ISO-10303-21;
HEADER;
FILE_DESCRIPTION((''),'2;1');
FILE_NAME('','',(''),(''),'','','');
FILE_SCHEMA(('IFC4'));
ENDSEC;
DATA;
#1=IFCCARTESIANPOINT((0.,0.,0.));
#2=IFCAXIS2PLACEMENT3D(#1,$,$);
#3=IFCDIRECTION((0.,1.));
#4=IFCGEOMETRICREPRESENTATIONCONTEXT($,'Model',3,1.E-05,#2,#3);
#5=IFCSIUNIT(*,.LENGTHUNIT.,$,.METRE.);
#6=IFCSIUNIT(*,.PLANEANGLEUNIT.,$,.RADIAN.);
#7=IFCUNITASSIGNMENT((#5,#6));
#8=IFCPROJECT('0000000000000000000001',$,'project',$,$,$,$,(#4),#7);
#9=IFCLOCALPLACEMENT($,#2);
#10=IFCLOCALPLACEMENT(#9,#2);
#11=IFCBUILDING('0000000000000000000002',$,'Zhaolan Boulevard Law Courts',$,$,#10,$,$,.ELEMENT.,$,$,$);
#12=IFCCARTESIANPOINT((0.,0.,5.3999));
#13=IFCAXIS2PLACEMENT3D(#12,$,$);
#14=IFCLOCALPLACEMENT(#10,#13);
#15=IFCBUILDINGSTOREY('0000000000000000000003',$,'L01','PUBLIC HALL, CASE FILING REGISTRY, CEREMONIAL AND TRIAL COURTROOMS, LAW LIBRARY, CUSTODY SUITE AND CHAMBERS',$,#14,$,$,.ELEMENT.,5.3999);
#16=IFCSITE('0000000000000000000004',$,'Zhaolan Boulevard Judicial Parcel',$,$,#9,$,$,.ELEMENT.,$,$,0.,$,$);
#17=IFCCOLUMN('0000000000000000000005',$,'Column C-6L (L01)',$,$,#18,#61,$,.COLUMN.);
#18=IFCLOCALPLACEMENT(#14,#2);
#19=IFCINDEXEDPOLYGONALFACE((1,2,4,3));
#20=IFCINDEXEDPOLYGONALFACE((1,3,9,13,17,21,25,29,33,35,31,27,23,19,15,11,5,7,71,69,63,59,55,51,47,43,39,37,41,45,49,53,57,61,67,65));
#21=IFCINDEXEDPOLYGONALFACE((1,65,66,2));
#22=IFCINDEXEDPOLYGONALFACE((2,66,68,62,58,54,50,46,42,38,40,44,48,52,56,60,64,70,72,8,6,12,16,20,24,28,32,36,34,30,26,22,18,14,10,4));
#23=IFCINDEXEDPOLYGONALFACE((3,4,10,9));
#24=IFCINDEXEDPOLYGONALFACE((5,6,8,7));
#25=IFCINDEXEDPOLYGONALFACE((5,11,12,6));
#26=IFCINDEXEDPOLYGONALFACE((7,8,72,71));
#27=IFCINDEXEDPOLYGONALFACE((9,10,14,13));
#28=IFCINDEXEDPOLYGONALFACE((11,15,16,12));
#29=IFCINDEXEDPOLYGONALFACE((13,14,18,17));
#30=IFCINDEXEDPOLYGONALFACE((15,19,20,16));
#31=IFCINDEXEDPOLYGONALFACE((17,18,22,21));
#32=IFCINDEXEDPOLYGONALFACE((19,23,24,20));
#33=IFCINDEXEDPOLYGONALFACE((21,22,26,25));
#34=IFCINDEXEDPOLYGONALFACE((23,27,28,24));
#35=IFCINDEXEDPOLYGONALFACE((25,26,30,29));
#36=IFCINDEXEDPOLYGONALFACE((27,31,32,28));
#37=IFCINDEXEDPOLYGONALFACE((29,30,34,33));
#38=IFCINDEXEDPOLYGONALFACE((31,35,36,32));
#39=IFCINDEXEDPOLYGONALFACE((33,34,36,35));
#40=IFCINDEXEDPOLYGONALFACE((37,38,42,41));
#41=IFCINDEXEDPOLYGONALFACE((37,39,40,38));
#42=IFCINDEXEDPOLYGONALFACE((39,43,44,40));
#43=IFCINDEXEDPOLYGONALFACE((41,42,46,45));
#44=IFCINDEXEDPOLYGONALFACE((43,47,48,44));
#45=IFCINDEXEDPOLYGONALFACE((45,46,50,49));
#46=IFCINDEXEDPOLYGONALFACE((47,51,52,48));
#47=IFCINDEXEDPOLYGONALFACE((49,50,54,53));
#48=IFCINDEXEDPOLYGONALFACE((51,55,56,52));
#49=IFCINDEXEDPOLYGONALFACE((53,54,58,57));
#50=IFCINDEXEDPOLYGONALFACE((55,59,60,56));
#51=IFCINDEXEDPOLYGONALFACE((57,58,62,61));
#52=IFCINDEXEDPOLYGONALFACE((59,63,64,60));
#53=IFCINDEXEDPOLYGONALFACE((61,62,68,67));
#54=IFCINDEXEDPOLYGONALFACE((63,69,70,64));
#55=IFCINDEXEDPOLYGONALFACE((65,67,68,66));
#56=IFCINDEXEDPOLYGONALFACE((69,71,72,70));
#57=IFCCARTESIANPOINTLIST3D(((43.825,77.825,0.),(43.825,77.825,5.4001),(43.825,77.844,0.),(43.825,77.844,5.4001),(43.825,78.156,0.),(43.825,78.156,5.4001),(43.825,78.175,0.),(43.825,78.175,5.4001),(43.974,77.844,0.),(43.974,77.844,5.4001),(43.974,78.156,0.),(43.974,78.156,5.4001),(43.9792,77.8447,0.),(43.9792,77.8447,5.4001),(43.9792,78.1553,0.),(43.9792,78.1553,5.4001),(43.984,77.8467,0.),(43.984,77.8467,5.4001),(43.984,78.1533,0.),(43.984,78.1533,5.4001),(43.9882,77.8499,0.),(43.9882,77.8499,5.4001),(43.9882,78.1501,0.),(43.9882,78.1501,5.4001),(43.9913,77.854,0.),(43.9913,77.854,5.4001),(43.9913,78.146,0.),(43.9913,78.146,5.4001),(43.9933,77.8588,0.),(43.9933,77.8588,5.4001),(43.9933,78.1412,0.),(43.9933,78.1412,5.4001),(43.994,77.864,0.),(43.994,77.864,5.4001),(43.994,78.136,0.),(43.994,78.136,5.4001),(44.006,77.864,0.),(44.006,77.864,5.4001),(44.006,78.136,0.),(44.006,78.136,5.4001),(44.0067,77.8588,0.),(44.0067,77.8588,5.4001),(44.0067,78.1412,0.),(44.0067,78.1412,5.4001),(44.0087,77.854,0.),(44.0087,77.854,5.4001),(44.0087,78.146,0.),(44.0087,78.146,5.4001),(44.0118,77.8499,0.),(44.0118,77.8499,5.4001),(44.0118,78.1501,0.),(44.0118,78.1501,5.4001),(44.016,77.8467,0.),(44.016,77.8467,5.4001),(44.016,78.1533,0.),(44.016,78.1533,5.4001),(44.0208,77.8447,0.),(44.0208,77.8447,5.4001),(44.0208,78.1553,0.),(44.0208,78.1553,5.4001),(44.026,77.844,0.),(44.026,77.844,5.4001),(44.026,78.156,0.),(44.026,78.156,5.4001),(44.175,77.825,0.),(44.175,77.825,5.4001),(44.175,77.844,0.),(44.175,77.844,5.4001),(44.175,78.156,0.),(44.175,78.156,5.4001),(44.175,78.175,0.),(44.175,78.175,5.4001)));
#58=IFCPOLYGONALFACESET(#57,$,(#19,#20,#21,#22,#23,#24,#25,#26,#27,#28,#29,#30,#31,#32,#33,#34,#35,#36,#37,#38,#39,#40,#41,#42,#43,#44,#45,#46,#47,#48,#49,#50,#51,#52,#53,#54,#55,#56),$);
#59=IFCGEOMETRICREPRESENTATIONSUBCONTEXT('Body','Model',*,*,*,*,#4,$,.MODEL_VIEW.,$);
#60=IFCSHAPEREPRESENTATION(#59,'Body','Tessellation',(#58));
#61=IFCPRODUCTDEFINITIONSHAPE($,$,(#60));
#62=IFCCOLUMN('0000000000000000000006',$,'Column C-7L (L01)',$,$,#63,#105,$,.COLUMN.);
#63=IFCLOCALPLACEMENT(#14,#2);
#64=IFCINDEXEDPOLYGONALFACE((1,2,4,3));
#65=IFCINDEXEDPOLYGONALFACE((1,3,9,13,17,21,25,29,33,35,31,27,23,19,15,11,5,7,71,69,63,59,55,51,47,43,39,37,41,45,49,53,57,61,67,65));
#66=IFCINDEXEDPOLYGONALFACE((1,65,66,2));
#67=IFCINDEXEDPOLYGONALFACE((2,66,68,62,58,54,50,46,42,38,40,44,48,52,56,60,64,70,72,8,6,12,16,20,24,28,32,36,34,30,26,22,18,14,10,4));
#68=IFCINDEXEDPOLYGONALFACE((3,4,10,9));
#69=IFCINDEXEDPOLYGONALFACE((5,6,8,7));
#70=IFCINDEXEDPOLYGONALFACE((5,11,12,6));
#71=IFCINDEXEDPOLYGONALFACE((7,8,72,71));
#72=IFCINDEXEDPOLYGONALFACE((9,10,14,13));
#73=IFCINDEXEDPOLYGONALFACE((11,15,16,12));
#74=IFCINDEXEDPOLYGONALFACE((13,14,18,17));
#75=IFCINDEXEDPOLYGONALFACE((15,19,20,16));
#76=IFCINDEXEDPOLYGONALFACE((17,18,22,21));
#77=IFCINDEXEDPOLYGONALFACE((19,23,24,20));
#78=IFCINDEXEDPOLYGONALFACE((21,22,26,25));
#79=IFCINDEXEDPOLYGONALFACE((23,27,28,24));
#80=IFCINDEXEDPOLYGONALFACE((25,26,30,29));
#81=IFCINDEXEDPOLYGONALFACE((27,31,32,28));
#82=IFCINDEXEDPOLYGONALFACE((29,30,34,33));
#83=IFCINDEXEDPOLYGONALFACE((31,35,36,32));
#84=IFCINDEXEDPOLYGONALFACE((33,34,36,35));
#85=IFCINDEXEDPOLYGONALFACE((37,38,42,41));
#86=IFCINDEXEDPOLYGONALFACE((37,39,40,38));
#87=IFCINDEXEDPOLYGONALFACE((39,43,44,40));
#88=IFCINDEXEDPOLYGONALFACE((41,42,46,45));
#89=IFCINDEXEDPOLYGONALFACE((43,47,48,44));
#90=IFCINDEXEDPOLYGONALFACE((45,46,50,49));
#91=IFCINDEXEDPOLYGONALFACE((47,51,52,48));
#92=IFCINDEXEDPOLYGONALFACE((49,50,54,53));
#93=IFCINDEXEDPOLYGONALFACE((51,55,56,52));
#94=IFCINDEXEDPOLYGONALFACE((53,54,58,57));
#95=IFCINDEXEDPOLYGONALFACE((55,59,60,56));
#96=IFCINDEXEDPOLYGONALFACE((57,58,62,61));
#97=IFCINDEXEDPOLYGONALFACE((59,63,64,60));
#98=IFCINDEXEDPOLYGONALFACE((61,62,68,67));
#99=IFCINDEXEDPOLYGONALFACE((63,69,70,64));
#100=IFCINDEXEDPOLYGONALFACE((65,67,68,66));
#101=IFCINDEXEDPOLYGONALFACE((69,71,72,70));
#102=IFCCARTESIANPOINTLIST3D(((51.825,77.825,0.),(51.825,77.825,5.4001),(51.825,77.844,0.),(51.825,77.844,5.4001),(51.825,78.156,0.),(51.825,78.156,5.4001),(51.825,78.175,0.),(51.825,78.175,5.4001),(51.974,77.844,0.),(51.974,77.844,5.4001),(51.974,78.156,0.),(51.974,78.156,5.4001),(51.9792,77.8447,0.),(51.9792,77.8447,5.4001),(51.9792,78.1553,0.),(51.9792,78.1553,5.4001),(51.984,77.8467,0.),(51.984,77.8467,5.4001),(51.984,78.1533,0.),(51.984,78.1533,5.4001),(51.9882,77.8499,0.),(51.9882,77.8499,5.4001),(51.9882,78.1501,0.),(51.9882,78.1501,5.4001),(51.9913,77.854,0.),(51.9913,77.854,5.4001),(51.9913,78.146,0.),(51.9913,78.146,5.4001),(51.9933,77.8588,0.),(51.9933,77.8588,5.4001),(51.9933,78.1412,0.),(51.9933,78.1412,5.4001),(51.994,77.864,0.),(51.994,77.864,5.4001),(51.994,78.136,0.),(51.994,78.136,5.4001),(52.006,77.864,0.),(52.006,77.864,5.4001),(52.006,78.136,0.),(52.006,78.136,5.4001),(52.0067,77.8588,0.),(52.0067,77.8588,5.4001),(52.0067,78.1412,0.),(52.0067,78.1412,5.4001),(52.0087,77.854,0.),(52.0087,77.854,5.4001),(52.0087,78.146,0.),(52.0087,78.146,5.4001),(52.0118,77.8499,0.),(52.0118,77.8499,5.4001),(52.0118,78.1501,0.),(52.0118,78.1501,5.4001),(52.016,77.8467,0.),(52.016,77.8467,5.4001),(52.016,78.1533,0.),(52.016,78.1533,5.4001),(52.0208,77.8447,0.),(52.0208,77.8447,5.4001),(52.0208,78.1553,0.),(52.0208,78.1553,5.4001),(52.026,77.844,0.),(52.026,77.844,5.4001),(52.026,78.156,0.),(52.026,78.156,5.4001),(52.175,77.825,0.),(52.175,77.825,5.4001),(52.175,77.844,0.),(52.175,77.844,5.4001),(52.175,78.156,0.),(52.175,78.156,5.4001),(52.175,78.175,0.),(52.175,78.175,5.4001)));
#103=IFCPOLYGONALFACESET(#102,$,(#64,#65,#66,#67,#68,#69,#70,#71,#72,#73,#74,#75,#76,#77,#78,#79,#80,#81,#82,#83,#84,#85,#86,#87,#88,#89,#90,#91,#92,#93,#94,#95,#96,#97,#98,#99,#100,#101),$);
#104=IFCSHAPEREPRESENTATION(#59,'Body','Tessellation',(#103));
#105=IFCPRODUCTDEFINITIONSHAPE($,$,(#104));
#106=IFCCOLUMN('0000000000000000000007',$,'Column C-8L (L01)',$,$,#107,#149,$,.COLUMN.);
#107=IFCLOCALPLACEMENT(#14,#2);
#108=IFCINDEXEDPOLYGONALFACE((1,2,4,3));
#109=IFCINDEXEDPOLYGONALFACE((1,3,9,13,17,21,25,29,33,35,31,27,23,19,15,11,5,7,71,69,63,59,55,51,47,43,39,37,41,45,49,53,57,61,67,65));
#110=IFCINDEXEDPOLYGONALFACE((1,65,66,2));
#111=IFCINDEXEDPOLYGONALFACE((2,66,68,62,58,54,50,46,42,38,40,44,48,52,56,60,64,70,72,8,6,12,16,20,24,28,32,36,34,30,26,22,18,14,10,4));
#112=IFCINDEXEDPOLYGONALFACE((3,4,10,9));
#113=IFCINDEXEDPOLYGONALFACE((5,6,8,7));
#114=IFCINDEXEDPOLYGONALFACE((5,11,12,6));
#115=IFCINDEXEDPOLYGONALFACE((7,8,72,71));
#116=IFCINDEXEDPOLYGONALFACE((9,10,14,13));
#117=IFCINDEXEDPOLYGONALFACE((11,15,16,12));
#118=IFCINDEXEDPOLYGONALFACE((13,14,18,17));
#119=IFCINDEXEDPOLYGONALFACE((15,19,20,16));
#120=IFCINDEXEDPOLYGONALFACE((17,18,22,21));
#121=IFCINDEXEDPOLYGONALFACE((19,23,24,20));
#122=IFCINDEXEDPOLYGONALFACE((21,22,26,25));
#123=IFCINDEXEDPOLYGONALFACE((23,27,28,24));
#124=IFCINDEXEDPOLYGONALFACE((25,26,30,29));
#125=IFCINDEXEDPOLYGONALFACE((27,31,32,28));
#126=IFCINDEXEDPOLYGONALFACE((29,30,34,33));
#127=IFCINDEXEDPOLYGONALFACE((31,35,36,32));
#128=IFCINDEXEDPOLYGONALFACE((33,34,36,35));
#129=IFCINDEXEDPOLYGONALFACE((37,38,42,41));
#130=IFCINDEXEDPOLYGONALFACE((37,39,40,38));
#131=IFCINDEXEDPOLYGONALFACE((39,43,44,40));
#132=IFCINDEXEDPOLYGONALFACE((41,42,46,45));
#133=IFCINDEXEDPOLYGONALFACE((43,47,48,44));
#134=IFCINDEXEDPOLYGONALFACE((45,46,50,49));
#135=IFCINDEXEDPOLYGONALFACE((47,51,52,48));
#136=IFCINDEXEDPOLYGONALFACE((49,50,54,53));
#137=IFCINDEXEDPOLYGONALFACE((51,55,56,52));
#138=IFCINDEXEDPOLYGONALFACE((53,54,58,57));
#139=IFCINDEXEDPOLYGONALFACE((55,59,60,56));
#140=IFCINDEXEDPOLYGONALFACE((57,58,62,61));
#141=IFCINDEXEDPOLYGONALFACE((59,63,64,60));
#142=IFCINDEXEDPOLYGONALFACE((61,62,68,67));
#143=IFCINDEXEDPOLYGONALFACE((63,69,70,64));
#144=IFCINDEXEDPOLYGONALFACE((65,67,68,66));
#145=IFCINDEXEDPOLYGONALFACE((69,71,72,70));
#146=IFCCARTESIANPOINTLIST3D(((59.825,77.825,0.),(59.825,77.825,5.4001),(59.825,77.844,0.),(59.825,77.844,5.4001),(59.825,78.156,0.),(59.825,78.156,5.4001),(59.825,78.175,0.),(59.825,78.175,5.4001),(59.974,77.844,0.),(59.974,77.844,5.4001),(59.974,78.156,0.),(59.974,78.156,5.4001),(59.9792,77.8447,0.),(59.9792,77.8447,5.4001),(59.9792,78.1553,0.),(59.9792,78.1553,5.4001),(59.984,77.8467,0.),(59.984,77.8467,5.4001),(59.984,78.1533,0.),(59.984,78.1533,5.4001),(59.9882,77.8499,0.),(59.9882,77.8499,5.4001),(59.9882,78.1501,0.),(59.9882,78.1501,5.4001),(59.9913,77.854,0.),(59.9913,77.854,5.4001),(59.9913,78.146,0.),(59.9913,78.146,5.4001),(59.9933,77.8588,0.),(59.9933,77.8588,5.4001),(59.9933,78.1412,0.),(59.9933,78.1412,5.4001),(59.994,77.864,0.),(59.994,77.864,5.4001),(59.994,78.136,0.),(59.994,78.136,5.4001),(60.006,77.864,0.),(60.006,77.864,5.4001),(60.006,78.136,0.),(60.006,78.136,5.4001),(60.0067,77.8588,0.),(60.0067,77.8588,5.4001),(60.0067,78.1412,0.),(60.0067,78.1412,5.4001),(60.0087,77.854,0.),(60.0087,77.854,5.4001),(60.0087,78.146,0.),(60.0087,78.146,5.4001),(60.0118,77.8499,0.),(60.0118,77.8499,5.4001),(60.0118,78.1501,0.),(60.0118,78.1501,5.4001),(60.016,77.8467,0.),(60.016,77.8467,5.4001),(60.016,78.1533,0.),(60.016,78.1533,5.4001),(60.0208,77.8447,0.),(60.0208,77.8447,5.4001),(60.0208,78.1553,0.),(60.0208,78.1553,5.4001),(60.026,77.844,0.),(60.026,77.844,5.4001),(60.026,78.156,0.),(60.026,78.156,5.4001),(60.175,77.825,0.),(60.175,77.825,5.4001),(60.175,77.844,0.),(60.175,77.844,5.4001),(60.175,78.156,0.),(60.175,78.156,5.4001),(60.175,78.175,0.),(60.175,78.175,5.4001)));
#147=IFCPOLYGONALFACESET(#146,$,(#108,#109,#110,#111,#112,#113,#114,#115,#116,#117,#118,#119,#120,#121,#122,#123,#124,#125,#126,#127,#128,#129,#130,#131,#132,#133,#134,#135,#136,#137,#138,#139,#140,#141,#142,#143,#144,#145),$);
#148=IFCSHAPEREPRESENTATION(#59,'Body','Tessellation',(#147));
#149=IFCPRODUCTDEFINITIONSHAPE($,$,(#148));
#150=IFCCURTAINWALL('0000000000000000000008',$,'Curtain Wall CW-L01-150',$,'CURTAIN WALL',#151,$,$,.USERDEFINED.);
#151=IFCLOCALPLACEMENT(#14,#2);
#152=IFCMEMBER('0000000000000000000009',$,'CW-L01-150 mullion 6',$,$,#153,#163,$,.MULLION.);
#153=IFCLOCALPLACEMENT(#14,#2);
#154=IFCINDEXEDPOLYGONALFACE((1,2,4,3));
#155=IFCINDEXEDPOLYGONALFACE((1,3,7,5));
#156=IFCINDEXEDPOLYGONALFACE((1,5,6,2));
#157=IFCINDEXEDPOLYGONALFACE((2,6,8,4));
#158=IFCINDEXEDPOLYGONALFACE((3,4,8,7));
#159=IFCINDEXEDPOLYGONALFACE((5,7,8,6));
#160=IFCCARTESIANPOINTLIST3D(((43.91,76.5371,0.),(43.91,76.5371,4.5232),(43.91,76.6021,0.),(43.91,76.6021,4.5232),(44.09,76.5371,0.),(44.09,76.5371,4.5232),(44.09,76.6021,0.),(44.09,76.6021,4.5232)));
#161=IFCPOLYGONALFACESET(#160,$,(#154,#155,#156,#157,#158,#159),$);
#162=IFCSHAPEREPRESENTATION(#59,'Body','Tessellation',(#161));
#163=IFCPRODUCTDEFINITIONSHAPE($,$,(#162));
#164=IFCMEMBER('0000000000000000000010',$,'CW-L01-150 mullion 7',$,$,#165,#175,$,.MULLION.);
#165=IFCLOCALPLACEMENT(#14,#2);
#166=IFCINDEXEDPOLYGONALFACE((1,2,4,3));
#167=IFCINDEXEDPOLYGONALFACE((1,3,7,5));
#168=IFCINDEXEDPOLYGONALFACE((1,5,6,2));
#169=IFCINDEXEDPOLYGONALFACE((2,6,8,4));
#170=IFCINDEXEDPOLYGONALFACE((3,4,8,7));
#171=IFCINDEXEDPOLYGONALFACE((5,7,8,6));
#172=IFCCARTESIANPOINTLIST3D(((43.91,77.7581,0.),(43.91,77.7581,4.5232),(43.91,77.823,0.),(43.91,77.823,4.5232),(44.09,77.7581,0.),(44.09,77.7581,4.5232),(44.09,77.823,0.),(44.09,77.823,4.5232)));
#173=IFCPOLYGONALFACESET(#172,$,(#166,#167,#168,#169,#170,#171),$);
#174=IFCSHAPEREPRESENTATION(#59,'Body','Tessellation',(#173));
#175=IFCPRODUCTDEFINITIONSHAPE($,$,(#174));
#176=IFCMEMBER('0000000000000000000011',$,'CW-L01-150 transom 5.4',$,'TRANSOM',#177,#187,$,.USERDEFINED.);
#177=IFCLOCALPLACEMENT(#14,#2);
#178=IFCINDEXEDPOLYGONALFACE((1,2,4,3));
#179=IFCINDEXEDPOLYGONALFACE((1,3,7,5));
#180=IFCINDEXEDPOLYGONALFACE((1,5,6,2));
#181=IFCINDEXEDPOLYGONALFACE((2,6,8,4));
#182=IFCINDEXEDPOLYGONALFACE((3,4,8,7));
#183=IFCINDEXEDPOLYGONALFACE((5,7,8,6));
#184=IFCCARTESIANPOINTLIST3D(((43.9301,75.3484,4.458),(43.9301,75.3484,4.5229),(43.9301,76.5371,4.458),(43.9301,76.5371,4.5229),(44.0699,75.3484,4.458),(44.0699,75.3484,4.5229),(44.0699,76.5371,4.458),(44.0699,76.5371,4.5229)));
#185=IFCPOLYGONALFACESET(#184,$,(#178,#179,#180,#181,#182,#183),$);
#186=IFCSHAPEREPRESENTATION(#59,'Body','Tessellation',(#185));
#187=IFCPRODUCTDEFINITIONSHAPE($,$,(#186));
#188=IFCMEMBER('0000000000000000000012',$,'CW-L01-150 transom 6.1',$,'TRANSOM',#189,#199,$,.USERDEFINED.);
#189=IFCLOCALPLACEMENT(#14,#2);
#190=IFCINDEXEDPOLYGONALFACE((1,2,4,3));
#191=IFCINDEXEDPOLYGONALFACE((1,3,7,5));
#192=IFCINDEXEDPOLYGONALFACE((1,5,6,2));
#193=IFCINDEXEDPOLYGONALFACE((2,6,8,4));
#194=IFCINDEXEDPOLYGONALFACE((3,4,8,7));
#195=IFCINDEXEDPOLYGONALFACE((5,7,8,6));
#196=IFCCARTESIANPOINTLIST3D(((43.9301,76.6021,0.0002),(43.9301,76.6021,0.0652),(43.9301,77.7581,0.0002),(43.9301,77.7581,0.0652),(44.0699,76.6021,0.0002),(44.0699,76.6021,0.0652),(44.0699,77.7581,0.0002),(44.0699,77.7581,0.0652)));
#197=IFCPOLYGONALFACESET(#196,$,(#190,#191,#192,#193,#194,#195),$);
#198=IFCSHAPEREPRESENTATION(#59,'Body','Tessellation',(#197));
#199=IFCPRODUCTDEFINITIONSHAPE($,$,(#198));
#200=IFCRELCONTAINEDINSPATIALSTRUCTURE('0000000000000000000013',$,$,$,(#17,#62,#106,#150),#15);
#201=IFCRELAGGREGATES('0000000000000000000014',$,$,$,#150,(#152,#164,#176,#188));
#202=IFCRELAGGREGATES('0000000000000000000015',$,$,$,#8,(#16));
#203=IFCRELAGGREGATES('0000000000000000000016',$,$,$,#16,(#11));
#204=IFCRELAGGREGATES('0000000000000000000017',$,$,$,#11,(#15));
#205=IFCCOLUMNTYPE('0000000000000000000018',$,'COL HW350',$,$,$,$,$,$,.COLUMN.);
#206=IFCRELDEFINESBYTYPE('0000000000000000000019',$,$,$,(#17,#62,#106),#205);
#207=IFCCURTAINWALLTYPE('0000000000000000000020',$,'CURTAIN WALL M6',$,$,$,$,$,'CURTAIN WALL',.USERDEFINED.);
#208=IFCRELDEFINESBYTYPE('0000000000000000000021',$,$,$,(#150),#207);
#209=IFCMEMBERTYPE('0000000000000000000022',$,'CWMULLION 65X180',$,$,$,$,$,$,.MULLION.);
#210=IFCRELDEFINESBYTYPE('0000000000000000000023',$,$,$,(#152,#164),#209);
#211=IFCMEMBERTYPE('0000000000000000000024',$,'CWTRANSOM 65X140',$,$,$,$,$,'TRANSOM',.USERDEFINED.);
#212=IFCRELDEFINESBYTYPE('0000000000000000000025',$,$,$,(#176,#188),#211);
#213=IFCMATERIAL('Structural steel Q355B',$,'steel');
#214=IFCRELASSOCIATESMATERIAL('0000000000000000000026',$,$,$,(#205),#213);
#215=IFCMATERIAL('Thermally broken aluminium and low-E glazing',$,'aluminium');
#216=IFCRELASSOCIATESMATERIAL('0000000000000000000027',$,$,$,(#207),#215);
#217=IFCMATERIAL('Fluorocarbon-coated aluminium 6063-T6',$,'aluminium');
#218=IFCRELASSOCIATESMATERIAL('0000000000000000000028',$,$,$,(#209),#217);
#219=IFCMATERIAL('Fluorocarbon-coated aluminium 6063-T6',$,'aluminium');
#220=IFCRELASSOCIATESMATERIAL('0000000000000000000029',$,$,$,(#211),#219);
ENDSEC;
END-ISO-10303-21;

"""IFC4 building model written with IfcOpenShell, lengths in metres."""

from ifc_helpers import new_model, si_unit, direction, frame, origin, origin_2d, place, context, subcontext, project, spatial, rectangle, i_section, extrude, material, material_profile, profile_set, type_object, element, aggregate, save


model = new_model("IFC4")

# Units and contexts
model_context = context("Model", 3, precision=1e-05, world=origin(), true_north=direction((0.0, 1.0)))
body_context = subcontext(model_context, "Body", "Model", "MODEL_VIEW")
ifc_project = project(units=[si_unit("LENGTHUNIT", "METRE"), si_unit("PLANEANGLEUNIT", "RADIAN")], contexts=[model_context])

# Site, building, storey
site_placement = place(None, origin())
site = spatial("IfcSite", under=ifc_project, at=site_placement, Name="Zhaolan Boulevard Judicial Parcel", CompositionType="ELEMENT", RefElevation=0.0)
building_placement = place(site_placement, origin())
building = spatial("IfcBuilding", under=site, at=building_placement, Name="Zhaolan Boulevard Law Courts", CompositionType="ELEMENT")
storey_placement = place(building_placement, frame((0.0, 0.0, 5.3999)))
storey = spatial("IfcBuildingStorey", under=building, at=storey_placement, Name="L01", Description="PUBLIC HALL, CASE FILING REGISTRY, CEREMONIAL AND TRIAL COURTROOMS, LAW LIBRARY, CUSTODY SUITE AND CHAMBERS", CompositionType="ELEMENT", Elevation=5.3999)

# Columns
ifc_material_1 = material(Name="Structural steel Q355B", Category="steel")
ifc_material_profile_1 = material_profile(ifc_material_1, i_section(OverallWidth=0.3501, OverallDepth=0.3501, WebThickness=0.012, FlangeThickness=0.019, FilletRadius=0.02, at=origin_2d()), Name="HW350x350")
ifc_profile_set_1 = profile_set([ifc_material_profile_1], Name="Structural steel Q355B")
column_type = type_object("IfcColumnType", Name="COL HW350", PredefinedType="COLUMN", material=ifc_profile_set_1)
for number, where, z_axis, x_axis, name in (
    (1, (44.0, 78.0, 0.0), (0.0, 0.0, 1.0), (1.0, 0.0, 0.0), "Column C-6L (L01)"),
    (2, (52.0, 78.0, 0.0), (0.0, 0.0, 1.0), (1.0, 0.0, 0.0), "Column C-7L (L01)"),
    (3, (60.0, 78.0, 0.0), (0.0, 0.0, 1.0), (1.0, 0.0, 0.0), "Column C-8L (L01)"),
):
    element("IfcColumn", number, at=place(storey_placement, frame(where, z_axis=z_axis, x_axis=x_axis)), inside=storey, type_object=column_type, Name=name, PredefinedType="COLUMN", context=body_context, shape_type="SweptSolid", body=[
        extrude(i_section(OverallWidth=0.3501, OverallDepth=0.3501, WebThickness=0.012, FlangeThickness=0.019, FilletRadius=0.02, at=origin_2d()), origin(), (0.0, 0.0, 1.0), 5.4001),
    ])

# Curtain wall, members
ifc_material_2 = material(Name="Thermally broken aluminium and low-E glazing", Category="aluminium")
curtain_wall_type = type_object("IfcCurtainWallType", Name="CURTAIN WALL M6", ElementType="CURTAIN WALL", PredefinedType="USERDEFINED", material=ifc_material_2)
curtain_wall_placement = place(storey_placement, origin())
curtain_wall = element("IfcCurtainWall", 4, at=curtain_wall_placement, inside=storey, type_object=curtain_wall_type, Name="Curtain Wall CW-L01-150", ObjectType="CURTAIN WALL", PredefinedType="USERDEFINED")
ifc_material_3 = material(Name="Fluorocarbon-coated aluminium 6063-T6", Category="aluminium")
ifc_material_profile_2 = material_profile(ifc_material_3, rectangle(XDim=0.1799, YDim=0.0649, at=origin_2d()), Name="AL65x180")
ifc_profile_set_2 = profile_set([ifc_material_profile_2], Name="Fluorocarbon-coated aluminium 6063-T6")
member_type_1 = type_object("IfcMemberType", Name="CWMULLION 65X180", PredefinedType="MULLION", material=ifc_profile_set_2)
member_1_placement = place(storey_placement, frame((44.0, 76.5696, 0.0), z_axis=(0.0, 0.0, 1.0), x_axis=(-1.0, 0.0, 0.0)))
member_1 = element("IfcMember", 5, at=member_1_placement, type_object=member_type_1, Name="CW-L01-150 mullion 6", PredefinedType="MULLION", context=body_context, shape_type="SweptSolid", body=[
    extrude(rectangle(XDim=0.1799, YDim=0.0649, at=origin_2d()), origin(), (0.0, 0.0, 1.0), 4.5232),
])
member_2_placement = place(storey_placement, frame((44.0, 77.7905, 0.0), z_axis=(0.0, 0.0, 1.0), x_axis=(-1.0, 0.0, 0.0)))
member_2 = element("IfcMember", 6, at=member_2_placement, type_object=member_type_1, Name="CW-L01-150 mullion 7", PredefinedType="MULLION", context=body_context, shape_type="SweptSolid", body=[
    extrude(rectangle(XDim=0.1799, YDim=0.0649, at=origin_2d()), origin(), (0.0, 0.0, 1.0), 4.5232),
])
ifc_material_4 = material(Name="Fluorocarbon-coated aluminium 6063-T6", Category="aluminium")
ifc_material_profile_3 = material_profile(ifc_material_4, rectangle(XDim=0.1399, YDim=0.0649, at=origin_2d()), Name="AL65x140")
ifc_profile_set_3 = profile_set([ifc_material_profile_3], Name="Fluorocarbon-coated aluminium 6063-T6")
member_type_2 = type_object("IfcMemberType", Name="CWTRANSOM 65X140", ElementType="TRANSOM", PredefinedType="USERDEFINED", material=ifc_profile_set_3)
member_3_placement = place(storey_placement, frame((44.0, 75.3484, 4.4905), z_axis=(0.0, 1.0, 0.0), x_axis=(-1.0, 0.0, 0.0)))
member_3 = element("IfcMember", 7, at=member_3_placement, type_object=member_type_2, Name="CW-L01-150 transom 5.4", ObjectType="TRANSOM", PredefinedType="USERDEFINED", context=body_context, shape_type="SweptSolid", body=[
    extrude(rectangle(XDim=0.1399, YDim=0.0649, at=origin_2d()), origin(), (0.0, 0.0, 1.0), 1.1887),
])
member_4_placement = place(storey_placement, frame((44.0, 76.6021, 0.0327), z_axis=(0.0, 1.0, 0.0), x_axis=(-1.0, 0.0, 0.0)))
member_4 = element("IfcMember", 8, at=member_4_placement, type_object=member_type_2, Name="CW-L01-150 transom 6.1", ObjectType="TRANSOM", PredefinedType="USERDEFINED", context=body_context, shape_type="SweptSolid", body=[
    extrude(rectangle(XDim=0.1399, YDim=0.0649, at=origin_2d()), origin(), (0.0, 0.0, 1.0), 1.156),
])

aggregate(curtain_wall, [member_1, member_2, member_3, member_4])

save(model, "model.ifc")
